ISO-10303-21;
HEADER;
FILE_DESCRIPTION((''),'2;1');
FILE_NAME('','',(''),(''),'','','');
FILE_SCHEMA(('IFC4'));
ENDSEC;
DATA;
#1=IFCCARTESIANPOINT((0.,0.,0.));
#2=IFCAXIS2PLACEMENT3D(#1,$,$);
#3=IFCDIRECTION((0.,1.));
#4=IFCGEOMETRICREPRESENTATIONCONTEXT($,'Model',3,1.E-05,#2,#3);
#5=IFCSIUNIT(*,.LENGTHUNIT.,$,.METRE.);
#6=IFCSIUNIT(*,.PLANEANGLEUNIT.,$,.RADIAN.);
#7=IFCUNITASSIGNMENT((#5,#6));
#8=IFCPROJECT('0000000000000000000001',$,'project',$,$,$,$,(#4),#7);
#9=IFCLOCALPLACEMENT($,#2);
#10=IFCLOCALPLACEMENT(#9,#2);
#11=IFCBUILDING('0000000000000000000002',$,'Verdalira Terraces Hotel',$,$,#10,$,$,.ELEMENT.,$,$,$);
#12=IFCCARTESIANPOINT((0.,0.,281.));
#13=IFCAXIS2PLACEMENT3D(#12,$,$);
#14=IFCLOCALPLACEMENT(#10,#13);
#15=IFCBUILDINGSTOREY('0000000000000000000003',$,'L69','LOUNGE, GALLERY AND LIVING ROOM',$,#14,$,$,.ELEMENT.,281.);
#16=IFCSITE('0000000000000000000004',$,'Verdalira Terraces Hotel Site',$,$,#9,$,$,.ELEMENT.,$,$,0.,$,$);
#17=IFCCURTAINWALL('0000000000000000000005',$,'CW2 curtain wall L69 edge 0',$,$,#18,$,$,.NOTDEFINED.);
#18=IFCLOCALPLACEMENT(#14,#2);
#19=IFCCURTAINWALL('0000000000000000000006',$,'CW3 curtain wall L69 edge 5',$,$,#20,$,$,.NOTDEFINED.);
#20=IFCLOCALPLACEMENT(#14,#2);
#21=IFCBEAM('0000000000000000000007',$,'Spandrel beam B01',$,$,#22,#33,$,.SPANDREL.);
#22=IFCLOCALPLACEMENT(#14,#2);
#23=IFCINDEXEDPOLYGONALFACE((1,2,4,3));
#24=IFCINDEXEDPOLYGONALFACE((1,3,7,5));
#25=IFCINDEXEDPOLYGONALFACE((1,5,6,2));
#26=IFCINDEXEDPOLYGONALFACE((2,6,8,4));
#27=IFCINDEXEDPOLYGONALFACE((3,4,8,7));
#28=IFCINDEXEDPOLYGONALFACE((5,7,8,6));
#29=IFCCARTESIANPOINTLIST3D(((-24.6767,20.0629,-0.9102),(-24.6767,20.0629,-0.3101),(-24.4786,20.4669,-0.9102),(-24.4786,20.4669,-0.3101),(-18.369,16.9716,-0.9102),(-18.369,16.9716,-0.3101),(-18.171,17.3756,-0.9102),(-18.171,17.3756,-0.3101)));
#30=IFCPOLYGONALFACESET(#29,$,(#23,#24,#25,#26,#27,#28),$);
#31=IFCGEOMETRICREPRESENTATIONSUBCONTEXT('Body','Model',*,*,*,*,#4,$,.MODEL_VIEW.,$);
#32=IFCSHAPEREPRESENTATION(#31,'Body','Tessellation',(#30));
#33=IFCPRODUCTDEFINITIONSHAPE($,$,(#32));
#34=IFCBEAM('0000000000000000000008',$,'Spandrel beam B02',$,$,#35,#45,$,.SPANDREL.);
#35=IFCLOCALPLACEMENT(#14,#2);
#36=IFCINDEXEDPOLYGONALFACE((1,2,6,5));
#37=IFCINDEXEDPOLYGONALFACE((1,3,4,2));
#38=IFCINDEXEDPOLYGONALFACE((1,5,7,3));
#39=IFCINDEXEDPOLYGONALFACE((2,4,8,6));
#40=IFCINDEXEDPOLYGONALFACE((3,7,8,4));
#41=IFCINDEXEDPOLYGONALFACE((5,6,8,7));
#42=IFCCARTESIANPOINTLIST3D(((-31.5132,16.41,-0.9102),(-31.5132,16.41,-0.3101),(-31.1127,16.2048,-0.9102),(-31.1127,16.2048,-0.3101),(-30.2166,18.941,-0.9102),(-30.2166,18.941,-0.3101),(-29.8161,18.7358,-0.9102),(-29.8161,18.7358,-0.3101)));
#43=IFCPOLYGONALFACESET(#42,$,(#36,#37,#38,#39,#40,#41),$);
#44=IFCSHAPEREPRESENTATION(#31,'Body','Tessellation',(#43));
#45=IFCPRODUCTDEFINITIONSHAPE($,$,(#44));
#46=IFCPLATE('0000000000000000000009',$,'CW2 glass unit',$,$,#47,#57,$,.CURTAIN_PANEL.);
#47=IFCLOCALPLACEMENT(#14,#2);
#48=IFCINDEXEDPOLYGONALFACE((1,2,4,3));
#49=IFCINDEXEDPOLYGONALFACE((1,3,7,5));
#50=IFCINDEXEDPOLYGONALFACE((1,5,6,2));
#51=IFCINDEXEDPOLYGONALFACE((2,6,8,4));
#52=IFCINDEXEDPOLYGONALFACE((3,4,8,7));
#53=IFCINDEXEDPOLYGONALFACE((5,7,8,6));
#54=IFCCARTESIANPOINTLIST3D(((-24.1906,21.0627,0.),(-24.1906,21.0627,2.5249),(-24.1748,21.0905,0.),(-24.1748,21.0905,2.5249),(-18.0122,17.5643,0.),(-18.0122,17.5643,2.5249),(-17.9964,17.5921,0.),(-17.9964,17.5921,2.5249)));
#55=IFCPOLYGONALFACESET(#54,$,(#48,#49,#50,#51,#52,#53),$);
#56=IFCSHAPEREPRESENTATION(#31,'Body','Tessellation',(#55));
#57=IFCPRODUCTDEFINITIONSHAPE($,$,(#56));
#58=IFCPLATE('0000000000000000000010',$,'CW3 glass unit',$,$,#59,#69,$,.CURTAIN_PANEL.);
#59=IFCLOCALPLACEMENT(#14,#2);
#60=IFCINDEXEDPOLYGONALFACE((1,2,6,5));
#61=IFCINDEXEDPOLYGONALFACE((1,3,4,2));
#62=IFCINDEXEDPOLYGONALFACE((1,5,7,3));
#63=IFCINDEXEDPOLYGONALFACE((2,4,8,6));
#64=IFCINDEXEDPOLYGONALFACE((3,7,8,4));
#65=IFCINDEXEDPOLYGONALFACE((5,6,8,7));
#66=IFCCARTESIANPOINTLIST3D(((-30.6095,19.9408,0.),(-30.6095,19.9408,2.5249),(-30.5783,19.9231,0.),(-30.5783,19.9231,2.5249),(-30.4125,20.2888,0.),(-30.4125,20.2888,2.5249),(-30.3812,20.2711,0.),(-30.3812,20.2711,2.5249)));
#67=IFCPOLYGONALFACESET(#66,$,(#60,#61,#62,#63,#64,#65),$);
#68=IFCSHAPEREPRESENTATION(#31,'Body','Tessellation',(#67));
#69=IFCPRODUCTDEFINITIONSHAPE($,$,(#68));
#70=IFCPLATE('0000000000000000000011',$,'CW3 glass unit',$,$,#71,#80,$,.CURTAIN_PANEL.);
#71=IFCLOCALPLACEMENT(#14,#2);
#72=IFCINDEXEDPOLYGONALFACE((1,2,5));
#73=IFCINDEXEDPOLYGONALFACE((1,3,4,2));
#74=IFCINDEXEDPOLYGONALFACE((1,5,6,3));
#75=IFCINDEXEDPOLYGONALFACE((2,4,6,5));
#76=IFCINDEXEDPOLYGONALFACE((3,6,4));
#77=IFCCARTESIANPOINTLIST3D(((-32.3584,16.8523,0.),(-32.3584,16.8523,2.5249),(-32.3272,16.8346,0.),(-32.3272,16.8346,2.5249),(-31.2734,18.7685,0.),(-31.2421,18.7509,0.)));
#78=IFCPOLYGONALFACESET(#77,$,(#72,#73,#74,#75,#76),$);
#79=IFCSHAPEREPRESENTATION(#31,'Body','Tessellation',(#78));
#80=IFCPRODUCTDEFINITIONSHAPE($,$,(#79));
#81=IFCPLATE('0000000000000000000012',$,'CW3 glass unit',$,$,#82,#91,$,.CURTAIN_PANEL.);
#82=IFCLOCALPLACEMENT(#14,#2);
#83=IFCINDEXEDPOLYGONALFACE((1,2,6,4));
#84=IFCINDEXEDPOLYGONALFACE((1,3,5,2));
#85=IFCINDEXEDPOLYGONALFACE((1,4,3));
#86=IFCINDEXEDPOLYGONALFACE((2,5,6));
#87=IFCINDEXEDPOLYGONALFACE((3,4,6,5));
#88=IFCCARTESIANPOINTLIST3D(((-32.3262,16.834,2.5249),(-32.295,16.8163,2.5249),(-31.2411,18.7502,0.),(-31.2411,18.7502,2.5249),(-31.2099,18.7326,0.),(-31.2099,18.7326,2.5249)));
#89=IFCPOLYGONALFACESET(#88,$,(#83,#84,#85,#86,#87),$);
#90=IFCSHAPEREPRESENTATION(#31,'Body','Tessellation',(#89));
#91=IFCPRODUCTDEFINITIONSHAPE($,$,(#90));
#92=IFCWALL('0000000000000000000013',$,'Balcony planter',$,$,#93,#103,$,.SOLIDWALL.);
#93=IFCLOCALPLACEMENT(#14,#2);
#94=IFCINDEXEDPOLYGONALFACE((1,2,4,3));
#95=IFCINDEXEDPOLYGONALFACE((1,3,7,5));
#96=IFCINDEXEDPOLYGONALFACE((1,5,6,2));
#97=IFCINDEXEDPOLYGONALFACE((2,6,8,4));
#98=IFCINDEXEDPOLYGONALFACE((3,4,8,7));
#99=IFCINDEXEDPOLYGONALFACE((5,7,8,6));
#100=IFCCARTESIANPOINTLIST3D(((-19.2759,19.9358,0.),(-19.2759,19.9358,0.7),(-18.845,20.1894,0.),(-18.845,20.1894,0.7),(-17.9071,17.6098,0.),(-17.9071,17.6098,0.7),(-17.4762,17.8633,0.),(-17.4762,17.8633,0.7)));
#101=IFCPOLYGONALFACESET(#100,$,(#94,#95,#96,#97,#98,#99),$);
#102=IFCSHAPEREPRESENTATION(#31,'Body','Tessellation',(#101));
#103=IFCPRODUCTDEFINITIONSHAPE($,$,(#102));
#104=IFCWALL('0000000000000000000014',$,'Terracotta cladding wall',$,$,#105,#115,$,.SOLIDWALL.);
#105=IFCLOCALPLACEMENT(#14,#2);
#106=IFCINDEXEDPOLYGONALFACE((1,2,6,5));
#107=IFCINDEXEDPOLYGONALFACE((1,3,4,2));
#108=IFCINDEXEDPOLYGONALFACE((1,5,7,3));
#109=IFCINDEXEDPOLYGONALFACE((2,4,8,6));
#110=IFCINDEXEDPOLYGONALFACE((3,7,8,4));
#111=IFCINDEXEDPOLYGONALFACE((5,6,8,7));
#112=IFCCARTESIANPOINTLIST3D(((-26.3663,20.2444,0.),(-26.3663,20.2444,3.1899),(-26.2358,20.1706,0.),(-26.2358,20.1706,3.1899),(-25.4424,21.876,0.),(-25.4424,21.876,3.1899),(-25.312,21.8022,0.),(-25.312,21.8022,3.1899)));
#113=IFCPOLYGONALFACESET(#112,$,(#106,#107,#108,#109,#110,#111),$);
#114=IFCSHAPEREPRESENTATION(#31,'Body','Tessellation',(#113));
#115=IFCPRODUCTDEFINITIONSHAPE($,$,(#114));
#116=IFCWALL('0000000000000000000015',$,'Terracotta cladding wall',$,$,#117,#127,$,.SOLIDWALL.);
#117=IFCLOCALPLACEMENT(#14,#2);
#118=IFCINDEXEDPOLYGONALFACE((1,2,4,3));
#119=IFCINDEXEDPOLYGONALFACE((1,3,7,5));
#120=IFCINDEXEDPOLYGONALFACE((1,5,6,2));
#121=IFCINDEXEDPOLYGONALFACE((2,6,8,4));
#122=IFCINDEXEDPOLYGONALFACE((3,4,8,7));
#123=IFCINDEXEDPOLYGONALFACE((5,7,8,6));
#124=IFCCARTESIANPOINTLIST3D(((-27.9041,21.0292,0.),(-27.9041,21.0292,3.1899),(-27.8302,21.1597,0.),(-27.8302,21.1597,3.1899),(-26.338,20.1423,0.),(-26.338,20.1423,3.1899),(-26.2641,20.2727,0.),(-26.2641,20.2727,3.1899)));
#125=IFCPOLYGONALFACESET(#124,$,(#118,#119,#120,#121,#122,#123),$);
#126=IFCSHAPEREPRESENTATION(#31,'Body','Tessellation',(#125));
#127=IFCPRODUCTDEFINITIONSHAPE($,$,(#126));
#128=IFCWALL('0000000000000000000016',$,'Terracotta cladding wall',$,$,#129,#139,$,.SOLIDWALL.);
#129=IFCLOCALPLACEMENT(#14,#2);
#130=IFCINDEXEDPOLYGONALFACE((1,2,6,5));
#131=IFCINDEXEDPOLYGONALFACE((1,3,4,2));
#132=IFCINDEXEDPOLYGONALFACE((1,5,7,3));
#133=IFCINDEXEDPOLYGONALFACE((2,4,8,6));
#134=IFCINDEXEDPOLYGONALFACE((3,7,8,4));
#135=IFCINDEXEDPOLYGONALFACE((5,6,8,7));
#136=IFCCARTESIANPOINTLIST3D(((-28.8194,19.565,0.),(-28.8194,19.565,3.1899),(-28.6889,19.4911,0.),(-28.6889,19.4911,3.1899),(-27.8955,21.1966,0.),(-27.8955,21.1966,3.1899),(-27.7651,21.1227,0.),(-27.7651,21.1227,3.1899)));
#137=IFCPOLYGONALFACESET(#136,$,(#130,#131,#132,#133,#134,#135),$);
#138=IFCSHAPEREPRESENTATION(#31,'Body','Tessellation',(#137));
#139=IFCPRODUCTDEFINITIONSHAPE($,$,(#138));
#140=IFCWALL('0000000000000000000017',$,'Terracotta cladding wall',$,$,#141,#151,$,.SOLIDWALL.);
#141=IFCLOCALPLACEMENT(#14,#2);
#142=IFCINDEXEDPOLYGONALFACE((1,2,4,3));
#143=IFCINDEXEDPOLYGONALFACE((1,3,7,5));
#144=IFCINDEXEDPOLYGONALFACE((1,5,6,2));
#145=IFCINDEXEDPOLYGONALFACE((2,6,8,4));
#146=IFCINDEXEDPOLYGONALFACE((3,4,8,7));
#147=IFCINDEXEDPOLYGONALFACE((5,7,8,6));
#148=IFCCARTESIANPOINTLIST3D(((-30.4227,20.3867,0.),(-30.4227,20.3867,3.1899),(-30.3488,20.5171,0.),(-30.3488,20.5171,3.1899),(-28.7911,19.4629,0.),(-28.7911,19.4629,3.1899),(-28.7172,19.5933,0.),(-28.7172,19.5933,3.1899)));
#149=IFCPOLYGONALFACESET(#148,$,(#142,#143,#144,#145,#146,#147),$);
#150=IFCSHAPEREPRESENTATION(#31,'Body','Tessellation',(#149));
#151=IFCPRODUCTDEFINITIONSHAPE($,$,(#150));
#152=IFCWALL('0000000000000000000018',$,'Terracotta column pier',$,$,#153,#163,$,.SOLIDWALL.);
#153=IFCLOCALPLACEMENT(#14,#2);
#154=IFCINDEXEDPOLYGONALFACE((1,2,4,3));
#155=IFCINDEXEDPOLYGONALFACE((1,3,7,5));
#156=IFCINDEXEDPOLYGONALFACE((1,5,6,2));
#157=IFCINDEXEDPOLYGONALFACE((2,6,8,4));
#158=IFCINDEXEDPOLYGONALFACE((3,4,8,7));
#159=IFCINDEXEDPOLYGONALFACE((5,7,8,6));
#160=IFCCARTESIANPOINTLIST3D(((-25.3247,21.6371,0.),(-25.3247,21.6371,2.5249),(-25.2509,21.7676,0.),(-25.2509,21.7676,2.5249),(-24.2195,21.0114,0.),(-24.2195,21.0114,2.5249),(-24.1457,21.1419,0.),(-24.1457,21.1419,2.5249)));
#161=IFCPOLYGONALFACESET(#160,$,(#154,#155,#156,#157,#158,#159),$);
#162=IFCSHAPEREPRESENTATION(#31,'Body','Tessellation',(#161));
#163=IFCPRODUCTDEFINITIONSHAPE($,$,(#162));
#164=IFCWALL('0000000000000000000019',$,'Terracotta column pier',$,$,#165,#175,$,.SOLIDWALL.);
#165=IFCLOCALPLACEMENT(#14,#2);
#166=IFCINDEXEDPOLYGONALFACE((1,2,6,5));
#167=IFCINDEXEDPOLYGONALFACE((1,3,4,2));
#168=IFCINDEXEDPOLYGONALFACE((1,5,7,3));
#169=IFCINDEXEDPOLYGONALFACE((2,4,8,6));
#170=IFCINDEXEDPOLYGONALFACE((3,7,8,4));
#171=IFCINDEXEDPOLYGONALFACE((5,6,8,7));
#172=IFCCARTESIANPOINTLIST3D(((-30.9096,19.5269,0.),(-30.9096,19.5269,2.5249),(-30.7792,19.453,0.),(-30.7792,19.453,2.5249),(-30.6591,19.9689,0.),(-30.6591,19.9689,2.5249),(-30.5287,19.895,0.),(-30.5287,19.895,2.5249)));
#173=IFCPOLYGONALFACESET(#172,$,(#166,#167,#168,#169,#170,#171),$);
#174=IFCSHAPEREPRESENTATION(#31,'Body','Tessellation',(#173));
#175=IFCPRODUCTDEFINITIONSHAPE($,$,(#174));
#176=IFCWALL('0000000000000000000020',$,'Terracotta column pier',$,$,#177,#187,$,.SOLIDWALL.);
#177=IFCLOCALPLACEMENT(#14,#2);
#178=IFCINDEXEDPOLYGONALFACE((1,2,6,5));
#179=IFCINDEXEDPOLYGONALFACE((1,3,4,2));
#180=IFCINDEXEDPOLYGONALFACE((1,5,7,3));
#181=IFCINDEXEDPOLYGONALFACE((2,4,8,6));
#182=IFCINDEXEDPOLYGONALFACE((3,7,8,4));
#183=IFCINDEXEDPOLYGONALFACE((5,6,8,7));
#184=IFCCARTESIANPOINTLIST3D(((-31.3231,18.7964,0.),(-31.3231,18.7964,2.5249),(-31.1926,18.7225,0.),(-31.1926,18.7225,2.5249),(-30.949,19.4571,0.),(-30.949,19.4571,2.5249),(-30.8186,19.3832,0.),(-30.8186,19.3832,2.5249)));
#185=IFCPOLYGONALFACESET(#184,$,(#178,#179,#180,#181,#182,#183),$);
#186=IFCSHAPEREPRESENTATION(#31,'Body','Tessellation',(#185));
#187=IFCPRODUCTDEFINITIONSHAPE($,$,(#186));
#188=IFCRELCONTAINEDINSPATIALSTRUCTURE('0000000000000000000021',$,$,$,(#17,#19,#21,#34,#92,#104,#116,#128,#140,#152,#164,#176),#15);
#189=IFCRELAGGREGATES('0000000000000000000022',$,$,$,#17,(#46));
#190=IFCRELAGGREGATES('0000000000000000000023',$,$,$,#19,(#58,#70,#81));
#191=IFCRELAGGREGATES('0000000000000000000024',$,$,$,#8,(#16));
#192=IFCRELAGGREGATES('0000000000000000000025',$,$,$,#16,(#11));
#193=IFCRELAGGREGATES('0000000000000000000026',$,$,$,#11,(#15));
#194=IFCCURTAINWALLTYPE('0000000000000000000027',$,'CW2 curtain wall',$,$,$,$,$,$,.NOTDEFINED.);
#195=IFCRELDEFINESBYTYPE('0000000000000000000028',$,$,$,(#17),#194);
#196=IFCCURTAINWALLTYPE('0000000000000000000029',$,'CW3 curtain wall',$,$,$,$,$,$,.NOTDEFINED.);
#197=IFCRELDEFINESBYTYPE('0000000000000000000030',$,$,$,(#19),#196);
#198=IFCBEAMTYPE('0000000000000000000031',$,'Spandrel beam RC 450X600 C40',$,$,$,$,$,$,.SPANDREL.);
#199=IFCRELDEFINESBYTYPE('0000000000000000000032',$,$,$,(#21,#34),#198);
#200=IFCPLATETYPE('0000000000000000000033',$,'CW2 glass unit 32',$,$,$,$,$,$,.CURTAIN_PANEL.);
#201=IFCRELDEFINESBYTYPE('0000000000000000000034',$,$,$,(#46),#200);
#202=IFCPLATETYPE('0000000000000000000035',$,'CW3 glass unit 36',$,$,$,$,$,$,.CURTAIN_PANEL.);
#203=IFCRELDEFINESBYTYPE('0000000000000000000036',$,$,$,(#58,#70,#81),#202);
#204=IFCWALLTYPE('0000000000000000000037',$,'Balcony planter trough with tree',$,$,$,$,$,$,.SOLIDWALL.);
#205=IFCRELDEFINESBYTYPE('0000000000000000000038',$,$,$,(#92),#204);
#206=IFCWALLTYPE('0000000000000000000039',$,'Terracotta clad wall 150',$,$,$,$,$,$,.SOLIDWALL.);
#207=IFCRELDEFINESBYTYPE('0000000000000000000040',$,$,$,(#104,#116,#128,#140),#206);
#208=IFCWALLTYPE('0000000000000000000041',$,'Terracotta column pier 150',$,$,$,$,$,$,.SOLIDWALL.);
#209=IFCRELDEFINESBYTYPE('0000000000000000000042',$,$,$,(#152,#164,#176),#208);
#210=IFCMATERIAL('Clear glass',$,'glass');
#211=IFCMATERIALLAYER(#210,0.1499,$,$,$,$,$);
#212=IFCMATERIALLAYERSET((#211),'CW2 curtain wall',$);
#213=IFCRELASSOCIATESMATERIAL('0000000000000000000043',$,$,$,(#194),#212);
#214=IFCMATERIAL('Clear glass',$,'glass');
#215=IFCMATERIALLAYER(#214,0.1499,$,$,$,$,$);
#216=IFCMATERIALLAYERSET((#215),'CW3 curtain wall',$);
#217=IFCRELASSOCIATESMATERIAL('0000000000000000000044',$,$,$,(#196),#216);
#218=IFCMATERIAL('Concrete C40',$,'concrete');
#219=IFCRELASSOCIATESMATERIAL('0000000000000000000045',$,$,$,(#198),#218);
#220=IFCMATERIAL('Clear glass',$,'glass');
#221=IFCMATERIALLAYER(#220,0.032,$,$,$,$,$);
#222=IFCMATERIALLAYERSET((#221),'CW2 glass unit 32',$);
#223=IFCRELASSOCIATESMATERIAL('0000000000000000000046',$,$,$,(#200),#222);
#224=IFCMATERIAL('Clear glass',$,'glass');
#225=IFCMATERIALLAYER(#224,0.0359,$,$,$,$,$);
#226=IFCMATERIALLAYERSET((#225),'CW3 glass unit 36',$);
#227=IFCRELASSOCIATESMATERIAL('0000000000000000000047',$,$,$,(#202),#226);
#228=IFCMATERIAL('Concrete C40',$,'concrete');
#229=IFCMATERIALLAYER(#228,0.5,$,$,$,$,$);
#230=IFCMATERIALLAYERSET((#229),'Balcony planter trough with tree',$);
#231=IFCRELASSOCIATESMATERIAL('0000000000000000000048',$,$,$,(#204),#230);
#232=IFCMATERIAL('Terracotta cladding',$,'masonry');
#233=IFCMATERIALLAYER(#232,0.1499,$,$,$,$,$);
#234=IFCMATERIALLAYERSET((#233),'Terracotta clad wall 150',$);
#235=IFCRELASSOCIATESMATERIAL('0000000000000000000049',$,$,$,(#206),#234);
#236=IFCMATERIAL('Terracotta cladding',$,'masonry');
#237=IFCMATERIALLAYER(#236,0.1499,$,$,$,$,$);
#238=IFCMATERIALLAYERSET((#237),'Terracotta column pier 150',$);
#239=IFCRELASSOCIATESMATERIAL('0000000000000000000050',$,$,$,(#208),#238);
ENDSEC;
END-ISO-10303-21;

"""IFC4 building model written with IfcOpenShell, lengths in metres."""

from ifc_helpers import new_model, si_unit, direction, frame, frame_2d, origin, origin_2d, place, context, subcontext, project, spatial, polyline, rectangle, outline, extrude, material, layer, layer_set, material_profile, profile_set, type_object, element, aggregate, save


model = new_model("IFC4")

# Units and contexts
model_context = context("Model", 3, precision=1e-05, world=origin(), true_north=direction((0.0, 1.0)))
body_context = subcontext(model_context, "Body", "Model", "MODEL_VIEW")
ifc_project = project(units=[si_unit("LENGTHUNIT", "METRE"), si_unit("PLANEANGLEUNIT", "RADIAN")], contexts=[model_context])

# Site, building, storey
site_placement = place(None, origin())
site = spatial("IfcSite", under=ifc_project, at=site_placement, Name="Verdalira Terraces Hotel Site", CompositionType="ELEMENT", RefElevation=0.0)
building_placement = place(site_placement, origin())
building = spatial("IfcBuilding", under=site, at=building_placement, Name="Verdalira Terraces Hotel", CompositionType="ELEMENT")
storey_placement = place(building_placement, frame((0.0, 0.0, 281.0)))
storey = spatial("IfcBuildingStorey", under=building, at=storey_placement, Name="L69", Description="LOUNGE, GALLERY AND LIVING ROOM", CompositionType="ELEMENT", Elevation=281.0)

# Curtain walls
ifc_material_1 = material(Name="Clear glass", Category="glass")
ifc_layer_1 = layer(ifc_material_1, 0.1499)
ifc_layer_set_1 = layer_set([ifc_layer_1], Name="CW2 curtain wall")
curtain_wall_type_1 = type_object("IfcCurtainWallType", Name="CW2 curtain wall", PredefinedType="NOTDEFINED", material=ifc_layer_set_1)
curtain_wall_1_placement = place(storey_placement, origin())
curtain_wall_1 = element("IfcCurtainWall", 1, at=curtain_wall_1_placement, inside=storey, type_object=curtain_wall_type_1, Name="CW2 curtain wall L69 edge 0", PredefinedType="NOTDEFINED")
ifc_material_2 = material(Name="Clear glass", Category="glass")
ifc_layer_2 = layer(ifc_material_2, 0.1499)
ifc_layer_set_2 = layer_set([ifc_layer_2], Name="CW3 curtain wall")
curtain_wall_type_2 = type_object("IfcCurtainWallType", Name="CW3 curtain wall", PredefinedType="NOTDEFINED", material=ifc_layer_set_2)
curtain_wall_2_placement = place(storey_placement, origin())
curtain_wall_2 = element("IfcCurtainWall", 2, at=curtain_wall_2_placement, inside=storey, type_object=curtain_wall_type_2, Name="CW3 curtain wall L69 edge 5", PredefinedType="NOTDEFINED")

# Beams
ifc_material_3 = material(Name="Concrete C40", Category="concrete")
ifc_material_profile_1 = material_profile(ifc_material_3, rectangle(XDim=0.45, YDim=0.6001, at=origin_2d()), Name="RC 450X600")
ifc_profile_set_1 = profile_set([ifc_material_profile_1], Name="Concrete C40")
beam_type_1 = type_object("IfcBeamType", Name="Spandrel beam RC 450X600 C40", PredefinedType="SPANDREL", material=ifc_profile_set_1)
beam_1_placement = place(storey_placement, frame((-18.27, 17.1736, -0.6101), z_axis=(-0.897958, 0.440081, 0.0), x_axis=(-0.440081, -0.897958, 0.0)))
element("IfcBeam", 3, at=beam_1_placement, inside=storey, type_object=beam_type_1, Name="Spandrel beam B01", PredefinedType="SPANDREL", context=body_context, shape_type="SweptSolid", body=[
    extrude(rectangle(XDim=0.45, YDim=0.6001, at=origin_2d()), origin(), (0.0, 0.0, 1.0), 7.0244),
])
beam_2_placement = place(storey_placement, frame((-30.0164, 18.8384, -0.6101), z_axis=(-0.455949, -0.890006, 0.0), x_axis=(0.890006, -0.455949, 0.0)))
element("IfcBeam", 4, at=beam_2_placement, inside=storey, type_object=beam_type_1, Name="Spandrel beam B02", PredefinedType="SPANDREL", context=body_context, shape_type="SweptSolid", body=[
    extrude(rectangle(XDim=0.45, YDim=0.6001, at=origin_2d()), origin(), (0.0, 0.0, 1.0), 2.8438),
])

# Plates
ifc_material_4 = material(Name="Clear glass", Category="glass")
ifc_layer_3 = layer(ifc_material_4, 0.032)
ifc_layer_set_3 = layer_set([ifc_layer_3], Name="CW2 glass unit 32")
plate_type_1 = type_object("IfcPlateType", Name="CW2 glass unit 32", PredefinedType="CURTAIN_PANEL", material=ifc_layer_set_3)
plate_1_placement = place(storey_placement, frame((-21.0935, 19.3274, 0.0), z_axis=(0.0, 0.0, 1.0), x_axis=(-0.870184, 0.492727, 0.0)))
plate_1 = element("IfcPlate", 5, at=plate_1_placement, type_object=plate_type_1, Name="CW2 glass unit", PredefinedType="CURTAIN_PANEL", context=body_context, shape_type="SweptSolid", body=[
    extrude(rectangle(XDim=7.1001, YDim=0.032, at=origin_2d()), origin(), (0.0, 0.0, 1.0), 2.5249),
])
aggregate(curtain_wall_1, [plate_1])
ifc_material_5 = material(Name="Clear glass", Category="glass")
ifc_layer_4 = layer(ifc_material_5, 0.0359)
ifc_layer_set_4 = layer_set([ifc_layer_4], Name="CW3 glass unit 36")
plate_type_2 = type_object("IfcPlateType", Name="CW3 glass unit 36", PredefinedType="CURTAIN_PANEL", material=ifc_layer_set_4)
plate_2_placement = place(storey_placement, frame((-30.4954, 20.106, 0.0), z_axis=(0.0, 0.0, 1.0), x_axis=(-0.492727, -0.870184, 0.0)))
plate_2 = element("IfcPlate", 6, at=plate_2_placement, type_object=plate_type_2, Name="CW3 glass unit", PredefinedType="CURTAIN_PANEL", context=body_context, shape_type="SweptSolid", body=[
    extrude(rectangle(XDim=0.3999, YDim=0.0359, at=origin_2d()), origin(), (0.0, 0.0, 1.0), 2.5249),
])
plate_3_placement = place(storey_placement, frame((-31.7847, 17.7927, 1.2625), z_axis=(-0.870184, 0.492727, 0.0), x_axis=(-0.492727, -0.870184, 0.0)))
plate_3 = element("IfcPlate", 7, at=plate_3_placement, type_object=plate_type_2, Name="CW3 glass unit", PredefinedType="CURTAIN_PANEL", context=body_context, shape_type="SweptSolid", body=[
    extrude(outline(polyline([(-1.1011, -1.2625), (1.1011, -1.2625), (1.1011, 1.2625), (-1.1011, -1.2625)])), origin(), (0.0, 0.0, 1.0), 0.0359),
])
plate_4_placement = place(storey_placement, frame((-31.7524, 17.7744, 1.2625), z_axis=(-0.870184, 0.492727, 0.0), x_axis=(-0.492727, -0.870184, 0.0)))
plate_4 = element("IfcPlate", 8, at=plate_4_placement, type_object=plate_type_2, Name="CW3 glass unit", PredefinedType="CURTAIN_PANEL", context=body_context, shape_type="SweptSolid", body=[
    extrude(outline(polyline([(-1.1011, -1.2625), (1.1011, 1.2625), (-1.1011, 1.2625), (-1.1011, -1.2625)])), origin(), (0.0, 0.0, 1.0), 0.0359),
])
aggregate(curtain_wall_2, [plate_2, plate_3, plate_4])

# Walls
ifc_material_6 = material(Name="Concrete C40", Category="concrete")
ifc_layer_5 = layer(ifc_material_6, 0.5)
ifc_layer_set_5 = layer_set([ifc_layer_5], Name="Balcony planter trough with tree")
wall_type_1 = type_object("IfcWallType", Name="Balcony planter trough with tree", PredefinedType="SOLIDWALL", material=ifc_layer_set_5)
wall_1_placement = place(storey_placement, frame((-19.0605, 20.0627, 0.0), z_axis=(0.0, 0.0, 1.0), x_axis=(0.507174, -0.861844, 0.0)))
element("IfcWall", 9, at=wall_1_placement, inside=storey, type_object=wall_type_1, Name="Balcony planter", PredefinedType="SOLIDWALL", context=body_context, shape_type="SweptSolid", body=[
    extrude(rectangle(XDim=2.699, YDim=0.5, at=frame_2d((1.3496, 0.0))), origin(), (0.0, 0.0, 1.0), 0.7),
])
ifc_material_7 = material(Name="Terracotta cladding", Category="masonry")
ifc_layer_6 = layer(ifc_material_7, 0.1499)
ifc_layer_set_6 = layer_set([ifc_layer_6], Name="Terracotta clad wall 150")
wall_type_2 = type_object("IfcWallType", Name="Terracotta clad wall 150", PredefinedType="SOLIDWALL", material=ifc_layer_set_6)
wall_2_placement = place(storey_placement, frame((-25.3772, 21.8391, 0.0), z_axis=(0.0, 0.0, 1.0), x_axis=(-0.492714, -0.870192, 0.0)))
element("IfcWall", 10, at=wall_2_placement, inside=storey, type_object=wall_type_2, Name="Terracotta cladding wall", PredefinedType="SOLIDWALL", context=body_context, shape_type="SweptSolid", body=[
    extrude(rectangle(XDim=1.875, YDim=0.1499, at=frame_2d((0.9375, 0.0))), origin(), (0.0, 0.0, 1.0), 3.1899),
])
wall_3_placement = place(storey_placement, frame((-26.301, 20.2075, 0.0), z_axis=(0.0, 0.0, 1.0), x_axis=(-0.870148, 0.49279, 0.0)))
element("IfcWall", 11, at=wall_3_placement, inside=storey, type_object=wall_type_2, Name="Terracotta cladding wall", PredefinedType="SOLIDWALL", context=body_context, shape_type="SweptSolid", body=[
    extrude(rectangle(XDim=1.7998, YDim=0.1499, at=frame_2d((0.8999, 0.0))), origin(), (0.0, 0.0, 1.0), 3.1899),
])
for number, where, z_axis, x_axis, name in (
    (12, (-27.8303, 21.1597, 0.0), (0.0, 0.0, 1.0), (-0.492714, -0.870192, 0.0), "Terracotta cladding wall"),
    (13, (-28.7541, 19.5281, 0.0), (0.0, 0.0, 1.0), (-0.870192, 0.492714, 0.0), "Terracotta cladding wall"),
):
    element("IfcWall", number, at=place(storey_placement, frame(where, z_axis=z_axis, x_axis=x_axis)), inside=storey, type_object=wall_type_2, Name=name, PredefinedType="SOLIDWALL", context=body_context, shape_type="SweptSolid", body=[
        extrude(rectangle(XDim=1.875, YDim=0.1499, at=frame_2d((0.9375, 0.0))), origin(), (0.0, 0.0, 1.0), 3.1899),
    ])
ifc_material_8 = material(Name="Terracotta cladding", Category="masonry")
ifc_layer_7 = layer(ifc_material_8, 0.1499)
ifc_layer_set_7 = layer_set([ifc_layer_7], Name="Terracotta column pier 150")
wall_type_3 = type_object("IfcWallType", Name="Terracotta column pier 150", PredefinedType="SOLIDWALL", material=ifc_layer_set_7)
wall_4_placement = place(storey_placement, frame((-24.1826, 21.0767, 0.0), z_axis=(0.0, 0.0, 1.0), x_axis=(-0.870212, 0.492678, 0.0)))
element("IfcWall", 14, at=wall_4_placement, inside=storey, type_object=wall_type_3, Name="Terracotta column pier", PredefinedType="SOLIDWALL", context=body_context, shape_type="SweptSolid", body=[
    extrude(rectangle(XDim=1.27, YDim=0.1499, at=frame_2d((0.635, 0.0))), origin(), (0.0, 0.0, 1.0), 2.5249),
])
wall_5_placement = place(storey_placement, frame((-30.594, 19.9319, 0.0), z_axis=(0.0, 0.0, 1.0), x_axis=(-0.492928, -0.87007, 0.0)))
element("IfcWall", 15, at=wall_5_placement, inside=storey, type_object=wall_type_3, Name="Terracotta column pier", PredefinedType="SOLIDWALL", context=body_context, shape_type="SweptSolid", body=[
    extrude(rectangle(XDim=0.5081, YDim=0.1499, at=frame_2d((0.2539, 0.0))), origin(), (0.0, 0.0, 1.0), 2.5249),
])
wall_6_placement = place(storey_placement, frame((-30.8838, 19.4202, 0.0), z_axis=(0.0, 0.0, 1.0), x_axis=(-0.492672, -0.870215, 0.0)))
element("IfcWall", 16, at=wall_6_placement, inside=storey, type_object=wall_type_3, Name="Terracotta column pier", PredefinedType="SOLIDWALL", context=body_context, shape_type="SweptSolid", body=[
    extrude(rectangle(XDim=0.7593, YDim=0.1499, at=frame_2d((0.3796, 0.0))), origin(), (0.0, 0.0, 1.0), 2.5249),
])

save(model, "model.ifc")
